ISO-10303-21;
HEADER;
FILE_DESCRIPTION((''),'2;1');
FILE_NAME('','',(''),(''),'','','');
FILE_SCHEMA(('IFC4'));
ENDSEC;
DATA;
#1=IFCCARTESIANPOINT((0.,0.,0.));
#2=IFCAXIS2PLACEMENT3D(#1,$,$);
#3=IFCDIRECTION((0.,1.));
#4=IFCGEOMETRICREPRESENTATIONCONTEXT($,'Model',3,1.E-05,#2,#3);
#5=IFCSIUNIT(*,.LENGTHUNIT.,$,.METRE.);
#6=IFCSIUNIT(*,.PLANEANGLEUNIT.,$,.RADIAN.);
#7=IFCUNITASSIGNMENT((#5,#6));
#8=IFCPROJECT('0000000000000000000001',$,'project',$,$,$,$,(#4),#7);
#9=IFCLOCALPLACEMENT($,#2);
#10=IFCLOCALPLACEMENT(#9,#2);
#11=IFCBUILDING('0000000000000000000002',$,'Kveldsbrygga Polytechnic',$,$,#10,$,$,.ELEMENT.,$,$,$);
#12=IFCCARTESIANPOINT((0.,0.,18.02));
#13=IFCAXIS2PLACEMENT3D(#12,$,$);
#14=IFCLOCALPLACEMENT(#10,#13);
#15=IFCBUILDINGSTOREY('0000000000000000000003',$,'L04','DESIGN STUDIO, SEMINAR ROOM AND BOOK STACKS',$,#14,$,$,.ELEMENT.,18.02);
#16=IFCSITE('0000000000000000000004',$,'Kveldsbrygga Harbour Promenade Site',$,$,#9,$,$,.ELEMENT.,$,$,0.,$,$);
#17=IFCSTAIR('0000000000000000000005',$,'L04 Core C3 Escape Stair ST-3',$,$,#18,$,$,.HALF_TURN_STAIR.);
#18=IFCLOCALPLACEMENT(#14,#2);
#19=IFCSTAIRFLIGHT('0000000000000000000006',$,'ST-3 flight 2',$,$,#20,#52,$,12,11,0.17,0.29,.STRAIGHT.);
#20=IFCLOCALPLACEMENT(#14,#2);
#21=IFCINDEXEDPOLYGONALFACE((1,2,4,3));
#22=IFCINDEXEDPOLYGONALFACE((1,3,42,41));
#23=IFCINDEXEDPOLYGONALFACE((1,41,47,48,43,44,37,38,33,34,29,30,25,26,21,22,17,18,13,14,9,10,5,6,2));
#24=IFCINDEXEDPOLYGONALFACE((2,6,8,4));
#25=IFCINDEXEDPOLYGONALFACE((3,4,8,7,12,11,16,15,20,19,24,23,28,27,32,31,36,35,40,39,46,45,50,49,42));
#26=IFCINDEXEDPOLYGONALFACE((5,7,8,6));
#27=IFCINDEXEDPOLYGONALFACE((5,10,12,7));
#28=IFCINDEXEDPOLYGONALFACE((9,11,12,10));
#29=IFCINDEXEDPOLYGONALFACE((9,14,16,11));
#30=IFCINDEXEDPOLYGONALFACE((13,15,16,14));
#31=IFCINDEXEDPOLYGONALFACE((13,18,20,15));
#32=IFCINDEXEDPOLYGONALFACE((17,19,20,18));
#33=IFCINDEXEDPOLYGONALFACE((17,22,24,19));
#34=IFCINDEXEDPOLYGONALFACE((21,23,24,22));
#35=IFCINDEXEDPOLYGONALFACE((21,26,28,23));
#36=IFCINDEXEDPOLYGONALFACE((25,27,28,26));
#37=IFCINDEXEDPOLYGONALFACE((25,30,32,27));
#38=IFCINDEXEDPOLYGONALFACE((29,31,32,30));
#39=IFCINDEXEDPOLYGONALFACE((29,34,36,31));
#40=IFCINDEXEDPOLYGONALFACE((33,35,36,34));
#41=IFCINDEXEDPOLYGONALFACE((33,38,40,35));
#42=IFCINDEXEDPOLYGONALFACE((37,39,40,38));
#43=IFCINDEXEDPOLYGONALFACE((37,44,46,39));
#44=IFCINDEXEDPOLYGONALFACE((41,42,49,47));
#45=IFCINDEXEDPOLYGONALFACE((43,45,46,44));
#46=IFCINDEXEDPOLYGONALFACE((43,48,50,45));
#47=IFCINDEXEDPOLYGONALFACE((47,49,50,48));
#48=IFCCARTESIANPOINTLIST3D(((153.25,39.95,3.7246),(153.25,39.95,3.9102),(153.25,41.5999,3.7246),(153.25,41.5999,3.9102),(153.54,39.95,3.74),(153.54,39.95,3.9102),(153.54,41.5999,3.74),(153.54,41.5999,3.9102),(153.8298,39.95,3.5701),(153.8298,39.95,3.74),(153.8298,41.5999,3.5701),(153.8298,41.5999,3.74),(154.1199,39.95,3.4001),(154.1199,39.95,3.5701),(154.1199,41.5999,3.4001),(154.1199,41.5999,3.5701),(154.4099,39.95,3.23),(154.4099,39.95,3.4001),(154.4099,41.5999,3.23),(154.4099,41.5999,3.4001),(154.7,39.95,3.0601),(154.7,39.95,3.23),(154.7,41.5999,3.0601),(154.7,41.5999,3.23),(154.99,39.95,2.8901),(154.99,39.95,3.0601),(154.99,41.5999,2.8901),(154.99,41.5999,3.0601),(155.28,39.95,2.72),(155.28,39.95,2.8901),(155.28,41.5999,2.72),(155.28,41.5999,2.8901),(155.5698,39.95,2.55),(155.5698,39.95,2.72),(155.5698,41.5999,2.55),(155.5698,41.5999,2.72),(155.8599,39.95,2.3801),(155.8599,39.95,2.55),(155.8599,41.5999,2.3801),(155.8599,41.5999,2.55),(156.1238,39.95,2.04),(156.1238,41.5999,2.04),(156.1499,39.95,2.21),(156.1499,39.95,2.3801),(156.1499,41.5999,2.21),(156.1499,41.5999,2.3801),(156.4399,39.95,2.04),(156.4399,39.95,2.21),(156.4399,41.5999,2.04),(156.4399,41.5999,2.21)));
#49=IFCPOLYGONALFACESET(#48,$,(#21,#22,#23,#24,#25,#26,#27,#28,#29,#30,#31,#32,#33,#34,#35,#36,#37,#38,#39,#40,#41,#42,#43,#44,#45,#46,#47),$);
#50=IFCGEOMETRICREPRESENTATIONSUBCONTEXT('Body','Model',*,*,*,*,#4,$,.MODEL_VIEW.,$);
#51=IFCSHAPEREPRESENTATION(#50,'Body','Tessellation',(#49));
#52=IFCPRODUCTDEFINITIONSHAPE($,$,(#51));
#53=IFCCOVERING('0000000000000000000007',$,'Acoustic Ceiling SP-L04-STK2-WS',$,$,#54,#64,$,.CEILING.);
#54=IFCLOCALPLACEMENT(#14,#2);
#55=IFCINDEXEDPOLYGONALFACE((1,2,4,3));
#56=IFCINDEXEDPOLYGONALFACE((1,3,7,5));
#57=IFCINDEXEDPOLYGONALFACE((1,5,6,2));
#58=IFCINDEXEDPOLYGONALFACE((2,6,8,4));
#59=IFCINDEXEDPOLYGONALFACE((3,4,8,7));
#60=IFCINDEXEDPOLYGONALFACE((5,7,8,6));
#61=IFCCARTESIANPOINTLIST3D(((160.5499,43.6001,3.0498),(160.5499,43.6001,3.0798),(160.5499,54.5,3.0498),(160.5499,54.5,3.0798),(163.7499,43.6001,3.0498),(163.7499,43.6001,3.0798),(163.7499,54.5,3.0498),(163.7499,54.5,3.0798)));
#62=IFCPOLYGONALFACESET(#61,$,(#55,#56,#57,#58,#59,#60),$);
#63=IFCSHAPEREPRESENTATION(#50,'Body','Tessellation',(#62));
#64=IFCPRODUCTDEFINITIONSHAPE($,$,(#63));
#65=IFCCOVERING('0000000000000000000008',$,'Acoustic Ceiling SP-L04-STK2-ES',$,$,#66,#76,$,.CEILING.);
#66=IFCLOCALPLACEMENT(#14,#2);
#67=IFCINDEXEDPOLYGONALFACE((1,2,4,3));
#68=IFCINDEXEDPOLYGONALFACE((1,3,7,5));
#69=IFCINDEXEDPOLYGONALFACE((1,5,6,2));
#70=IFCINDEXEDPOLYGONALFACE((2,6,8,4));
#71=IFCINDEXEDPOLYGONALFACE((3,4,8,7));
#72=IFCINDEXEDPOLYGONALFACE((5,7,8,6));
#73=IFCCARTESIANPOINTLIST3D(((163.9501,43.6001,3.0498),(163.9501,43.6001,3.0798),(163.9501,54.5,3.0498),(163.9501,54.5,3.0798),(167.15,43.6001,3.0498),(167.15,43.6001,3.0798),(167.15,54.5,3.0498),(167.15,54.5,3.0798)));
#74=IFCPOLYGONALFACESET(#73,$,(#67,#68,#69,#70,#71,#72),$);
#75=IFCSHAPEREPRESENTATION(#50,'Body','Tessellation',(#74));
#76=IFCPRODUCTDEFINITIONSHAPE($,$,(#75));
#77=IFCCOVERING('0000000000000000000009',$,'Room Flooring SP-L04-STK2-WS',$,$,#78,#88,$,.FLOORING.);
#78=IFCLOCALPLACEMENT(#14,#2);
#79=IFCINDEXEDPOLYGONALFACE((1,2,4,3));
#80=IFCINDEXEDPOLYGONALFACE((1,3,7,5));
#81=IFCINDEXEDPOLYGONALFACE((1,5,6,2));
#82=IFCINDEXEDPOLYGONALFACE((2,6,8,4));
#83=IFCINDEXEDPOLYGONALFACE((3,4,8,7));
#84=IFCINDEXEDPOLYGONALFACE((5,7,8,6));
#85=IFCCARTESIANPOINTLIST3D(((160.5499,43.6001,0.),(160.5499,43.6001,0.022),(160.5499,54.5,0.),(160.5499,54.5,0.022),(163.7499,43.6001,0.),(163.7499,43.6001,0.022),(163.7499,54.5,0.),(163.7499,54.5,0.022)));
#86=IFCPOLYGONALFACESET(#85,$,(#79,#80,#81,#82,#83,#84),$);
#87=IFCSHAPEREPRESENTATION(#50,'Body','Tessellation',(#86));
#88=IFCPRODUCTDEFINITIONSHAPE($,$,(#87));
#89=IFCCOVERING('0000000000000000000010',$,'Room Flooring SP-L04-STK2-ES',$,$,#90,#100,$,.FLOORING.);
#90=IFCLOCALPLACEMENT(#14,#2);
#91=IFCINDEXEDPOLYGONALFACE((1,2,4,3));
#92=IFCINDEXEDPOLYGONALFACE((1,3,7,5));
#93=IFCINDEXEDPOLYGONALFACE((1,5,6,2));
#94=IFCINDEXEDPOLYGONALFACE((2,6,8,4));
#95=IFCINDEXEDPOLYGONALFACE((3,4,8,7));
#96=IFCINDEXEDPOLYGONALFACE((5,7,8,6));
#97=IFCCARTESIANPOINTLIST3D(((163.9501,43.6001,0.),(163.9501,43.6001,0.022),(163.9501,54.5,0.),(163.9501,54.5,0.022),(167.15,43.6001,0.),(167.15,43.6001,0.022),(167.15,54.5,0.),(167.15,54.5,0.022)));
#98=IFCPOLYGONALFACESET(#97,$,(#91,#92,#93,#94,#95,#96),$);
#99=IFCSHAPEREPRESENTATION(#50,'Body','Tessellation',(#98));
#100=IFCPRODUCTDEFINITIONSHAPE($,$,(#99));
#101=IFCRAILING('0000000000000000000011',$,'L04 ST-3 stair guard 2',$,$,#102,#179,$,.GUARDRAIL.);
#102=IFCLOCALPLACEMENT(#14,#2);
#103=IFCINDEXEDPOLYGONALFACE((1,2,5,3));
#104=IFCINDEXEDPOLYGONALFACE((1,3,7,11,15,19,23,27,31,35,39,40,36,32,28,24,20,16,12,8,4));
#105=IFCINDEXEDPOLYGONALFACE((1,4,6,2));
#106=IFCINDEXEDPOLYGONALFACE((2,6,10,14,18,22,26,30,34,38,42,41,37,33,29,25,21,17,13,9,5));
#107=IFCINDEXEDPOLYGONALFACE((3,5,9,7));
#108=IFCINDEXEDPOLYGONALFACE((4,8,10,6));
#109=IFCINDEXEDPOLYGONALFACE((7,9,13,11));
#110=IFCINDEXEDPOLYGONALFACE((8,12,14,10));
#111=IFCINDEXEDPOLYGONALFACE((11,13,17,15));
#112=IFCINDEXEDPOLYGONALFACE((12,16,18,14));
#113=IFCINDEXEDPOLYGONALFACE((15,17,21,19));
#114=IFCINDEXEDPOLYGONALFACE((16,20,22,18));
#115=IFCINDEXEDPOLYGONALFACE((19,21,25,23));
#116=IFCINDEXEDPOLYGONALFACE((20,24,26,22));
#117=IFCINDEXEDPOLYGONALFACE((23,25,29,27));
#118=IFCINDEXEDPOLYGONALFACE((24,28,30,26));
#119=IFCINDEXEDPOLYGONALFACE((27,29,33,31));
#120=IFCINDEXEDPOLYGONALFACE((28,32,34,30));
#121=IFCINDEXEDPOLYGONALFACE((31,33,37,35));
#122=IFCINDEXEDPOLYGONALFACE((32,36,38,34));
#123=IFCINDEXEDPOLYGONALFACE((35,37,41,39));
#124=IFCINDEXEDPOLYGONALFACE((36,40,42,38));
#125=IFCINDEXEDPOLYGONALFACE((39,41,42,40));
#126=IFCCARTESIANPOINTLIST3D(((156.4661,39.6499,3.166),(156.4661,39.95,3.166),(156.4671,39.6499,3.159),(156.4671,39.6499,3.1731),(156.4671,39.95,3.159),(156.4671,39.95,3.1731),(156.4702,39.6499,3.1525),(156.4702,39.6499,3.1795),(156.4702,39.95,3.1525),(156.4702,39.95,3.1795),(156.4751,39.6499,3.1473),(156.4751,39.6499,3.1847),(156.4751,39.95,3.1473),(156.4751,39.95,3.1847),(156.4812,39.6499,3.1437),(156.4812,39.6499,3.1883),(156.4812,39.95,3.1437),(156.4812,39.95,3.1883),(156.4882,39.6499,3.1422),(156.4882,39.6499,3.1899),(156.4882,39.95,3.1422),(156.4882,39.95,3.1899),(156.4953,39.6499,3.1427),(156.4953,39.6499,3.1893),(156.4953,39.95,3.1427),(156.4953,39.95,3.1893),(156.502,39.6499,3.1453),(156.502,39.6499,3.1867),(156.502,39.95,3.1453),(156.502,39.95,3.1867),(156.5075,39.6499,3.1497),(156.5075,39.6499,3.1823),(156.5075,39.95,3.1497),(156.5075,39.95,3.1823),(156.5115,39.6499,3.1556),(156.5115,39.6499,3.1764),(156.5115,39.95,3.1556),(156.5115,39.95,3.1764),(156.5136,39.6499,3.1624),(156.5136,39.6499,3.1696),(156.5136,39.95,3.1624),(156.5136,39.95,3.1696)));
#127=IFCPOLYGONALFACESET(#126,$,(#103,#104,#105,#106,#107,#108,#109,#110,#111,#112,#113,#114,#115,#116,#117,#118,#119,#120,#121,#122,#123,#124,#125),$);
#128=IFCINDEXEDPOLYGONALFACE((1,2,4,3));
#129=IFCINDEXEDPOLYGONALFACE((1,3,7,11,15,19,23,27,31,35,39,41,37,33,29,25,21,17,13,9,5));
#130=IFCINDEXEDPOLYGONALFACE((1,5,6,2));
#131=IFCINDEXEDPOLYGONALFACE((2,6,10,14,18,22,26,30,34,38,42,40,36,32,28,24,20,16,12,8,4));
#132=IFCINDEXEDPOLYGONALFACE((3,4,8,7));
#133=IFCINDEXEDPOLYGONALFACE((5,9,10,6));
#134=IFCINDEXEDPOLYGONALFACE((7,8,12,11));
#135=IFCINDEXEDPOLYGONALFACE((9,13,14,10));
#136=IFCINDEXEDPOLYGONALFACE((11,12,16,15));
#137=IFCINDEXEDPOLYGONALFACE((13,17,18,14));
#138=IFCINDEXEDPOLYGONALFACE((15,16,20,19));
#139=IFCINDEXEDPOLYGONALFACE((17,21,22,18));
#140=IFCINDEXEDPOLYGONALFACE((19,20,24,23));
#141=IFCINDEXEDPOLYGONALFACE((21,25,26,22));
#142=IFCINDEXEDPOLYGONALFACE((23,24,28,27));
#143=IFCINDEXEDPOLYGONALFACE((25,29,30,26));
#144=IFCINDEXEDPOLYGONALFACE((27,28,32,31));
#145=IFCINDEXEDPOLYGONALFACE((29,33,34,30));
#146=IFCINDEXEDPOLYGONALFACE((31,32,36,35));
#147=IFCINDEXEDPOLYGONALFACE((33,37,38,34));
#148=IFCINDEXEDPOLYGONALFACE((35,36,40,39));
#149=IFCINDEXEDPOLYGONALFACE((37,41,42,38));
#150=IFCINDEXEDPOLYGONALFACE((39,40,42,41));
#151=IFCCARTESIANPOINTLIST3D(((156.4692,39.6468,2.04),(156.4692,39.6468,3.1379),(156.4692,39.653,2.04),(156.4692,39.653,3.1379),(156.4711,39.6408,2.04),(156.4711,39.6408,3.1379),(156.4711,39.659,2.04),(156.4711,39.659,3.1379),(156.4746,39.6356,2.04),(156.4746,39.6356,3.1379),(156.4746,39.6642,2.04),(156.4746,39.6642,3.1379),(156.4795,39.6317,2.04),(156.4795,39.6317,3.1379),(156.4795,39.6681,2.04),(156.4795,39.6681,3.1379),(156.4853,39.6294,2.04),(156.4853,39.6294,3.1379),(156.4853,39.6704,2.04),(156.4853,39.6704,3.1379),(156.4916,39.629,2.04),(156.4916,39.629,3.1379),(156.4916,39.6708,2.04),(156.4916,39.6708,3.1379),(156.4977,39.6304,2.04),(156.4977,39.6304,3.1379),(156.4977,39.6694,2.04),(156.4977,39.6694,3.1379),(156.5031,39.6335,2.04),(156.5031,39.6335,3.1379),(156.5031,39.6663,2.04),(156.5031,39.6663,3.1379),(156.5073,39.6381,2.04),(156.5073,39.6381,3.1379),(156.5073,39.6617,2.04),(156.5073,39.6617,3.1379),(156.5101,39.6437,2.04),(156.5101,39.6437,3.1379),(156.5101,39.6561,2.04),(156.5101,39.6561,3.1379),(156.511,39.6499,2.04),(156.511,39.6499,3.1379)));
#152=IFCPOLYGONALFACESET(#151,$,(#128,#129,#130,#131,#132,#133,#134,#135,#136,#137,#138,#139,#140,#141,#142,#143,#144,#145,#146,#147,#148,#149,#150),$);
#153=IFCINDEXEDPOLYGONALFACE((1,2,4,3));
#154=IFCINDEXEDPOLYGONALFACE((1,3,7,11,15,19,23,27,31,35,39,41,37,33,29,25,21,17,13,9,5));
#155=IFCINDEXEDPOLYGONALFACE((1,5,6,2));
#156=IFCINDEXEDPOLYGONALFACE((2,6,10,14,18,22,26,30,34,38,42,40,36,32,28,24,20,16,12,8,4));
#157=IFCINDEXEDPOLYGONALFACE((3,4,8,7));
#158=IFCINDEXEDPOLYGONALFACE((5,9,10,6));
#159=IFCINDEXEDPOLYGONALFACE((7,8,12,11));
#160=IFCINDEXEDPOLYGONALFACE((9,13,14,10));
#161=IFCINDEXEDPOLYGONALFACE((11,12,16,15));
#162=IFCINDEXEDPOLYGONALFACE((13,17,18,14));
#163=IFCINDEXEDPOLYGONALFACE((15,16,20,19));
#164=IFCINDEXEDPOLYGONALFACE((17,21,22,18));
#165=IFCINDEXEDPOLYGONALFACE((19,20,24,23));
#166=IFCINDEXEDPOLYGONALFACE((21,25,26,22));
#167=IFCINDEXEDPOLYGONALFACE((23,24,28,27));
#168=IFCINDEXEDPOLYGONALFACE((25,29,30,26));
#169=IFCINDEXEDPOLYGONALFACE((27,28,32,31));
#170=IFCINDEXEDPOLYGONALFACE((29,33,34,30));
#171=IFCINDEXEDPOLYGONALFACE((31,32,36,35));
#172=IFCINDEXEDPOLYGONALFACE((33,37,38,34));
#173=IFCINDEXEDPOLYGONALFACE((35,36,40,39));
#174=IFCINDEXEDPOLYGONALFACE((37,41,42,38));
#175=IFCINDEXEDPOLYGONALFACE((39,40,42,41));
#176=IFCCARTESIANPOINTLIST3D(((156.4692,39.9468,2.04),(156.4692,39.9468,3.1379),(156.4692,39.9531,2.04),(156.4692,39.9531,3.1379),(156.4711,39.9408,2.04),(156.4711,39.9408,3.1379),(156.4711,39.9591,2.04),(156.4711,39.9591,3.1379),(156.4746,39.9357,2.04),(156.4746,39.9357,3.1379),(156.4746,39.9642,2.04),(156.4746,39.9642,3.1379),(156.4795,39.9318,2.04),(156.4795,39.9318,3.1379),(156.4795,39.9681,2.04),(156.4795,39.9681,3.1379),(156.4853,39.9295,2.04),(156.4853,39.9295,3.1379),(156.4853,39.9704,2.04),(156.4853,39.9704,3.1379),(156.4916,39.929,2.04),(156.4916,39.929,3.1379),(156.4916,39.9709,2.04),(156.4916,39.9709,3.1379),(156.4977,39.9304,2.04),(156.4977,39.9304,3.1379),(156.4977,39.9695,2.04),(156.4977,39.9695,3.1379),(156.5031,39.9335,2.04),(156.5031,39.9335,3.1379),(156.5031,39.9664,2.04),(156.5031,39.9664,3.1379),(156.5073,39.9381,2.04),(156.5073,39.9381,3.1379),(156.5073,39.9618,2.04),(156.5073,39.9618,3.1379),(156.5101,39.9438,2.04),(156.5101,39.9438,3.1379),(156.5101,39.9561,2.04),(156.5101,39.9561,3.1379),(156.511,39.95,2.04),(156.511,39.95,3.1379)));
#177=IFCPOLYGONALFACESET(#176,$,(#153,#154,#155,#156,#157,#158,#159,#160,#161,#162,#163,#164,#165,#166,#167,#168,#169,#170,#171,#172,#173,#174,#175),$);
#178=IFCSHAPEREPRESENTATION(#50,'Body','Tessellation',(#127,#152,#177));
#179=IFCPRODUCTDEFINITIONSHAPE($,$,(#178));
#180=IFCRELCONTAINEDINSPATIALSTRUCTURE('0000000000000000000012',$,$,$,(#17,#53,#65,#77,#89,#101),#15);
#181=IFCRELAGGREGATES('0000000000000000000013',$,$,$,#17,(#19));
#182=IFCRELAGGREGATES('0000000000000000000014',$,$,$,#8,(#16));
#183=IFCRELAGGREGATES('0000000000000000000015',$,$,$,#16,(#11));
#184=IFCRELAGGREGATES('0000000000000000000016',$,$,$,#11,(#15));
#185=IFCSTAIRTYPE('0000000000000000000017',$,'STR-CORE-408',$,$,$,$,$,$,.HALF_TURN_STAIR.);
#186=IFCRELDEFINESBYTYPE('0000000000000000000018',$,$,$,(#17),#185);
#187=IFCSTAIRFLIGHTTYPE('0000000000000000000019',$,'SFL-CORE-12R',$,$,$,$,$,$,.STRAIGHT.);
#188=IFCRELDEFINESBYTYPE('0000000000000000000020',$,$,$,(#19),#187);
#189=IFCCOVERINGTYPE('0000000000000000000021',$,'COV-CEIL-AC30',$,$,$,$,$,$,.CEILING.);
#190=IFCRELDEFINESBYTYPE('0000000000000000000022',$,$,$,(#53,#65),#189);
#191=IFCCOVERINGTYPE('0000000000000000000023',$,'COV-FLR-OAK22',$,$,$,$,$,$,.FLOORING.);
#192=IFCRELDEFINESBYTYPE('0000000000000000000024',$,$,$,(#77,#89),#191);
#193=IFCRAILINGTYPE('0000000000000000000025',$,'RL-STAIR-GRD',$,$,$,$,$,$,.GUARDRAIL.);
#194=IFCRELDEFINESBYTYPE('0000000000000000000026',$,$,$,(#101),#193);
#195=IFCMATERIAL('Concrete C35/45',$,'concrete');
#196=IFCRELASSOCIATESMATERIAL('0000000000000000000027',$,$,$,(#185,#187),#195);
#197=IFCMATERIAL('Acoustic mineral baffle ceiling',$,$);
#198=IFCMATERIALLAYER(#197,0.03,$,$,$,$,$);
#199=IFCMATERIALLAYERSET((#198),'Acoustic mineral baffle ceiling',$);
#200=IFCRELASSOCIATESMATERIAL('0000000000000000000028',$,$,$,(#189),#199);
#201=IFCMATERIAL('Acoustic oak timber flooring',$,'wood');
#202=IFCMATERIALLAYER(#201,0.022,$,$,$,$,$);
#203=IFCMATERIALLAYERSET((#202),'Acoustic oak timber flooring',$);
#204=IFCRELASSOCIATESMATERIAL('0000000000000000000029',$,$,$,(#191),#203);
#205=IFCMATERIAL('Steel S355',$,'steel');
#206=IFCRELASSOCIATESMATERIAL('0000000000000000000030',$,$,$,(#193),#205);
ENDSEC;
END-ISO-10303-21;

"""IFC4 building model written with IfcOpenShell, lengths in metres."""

from ifc_helpers import new_model, si_unit, direction, frame, origin, origin_2d, place, context, subcontext, project, spatial, polyline, rectangle, circle, outline, extrude, material, layer, layer_set, type_object, element, aggregate, save


model = new_model("IFC4")

# Units and contexts
model_context = context("Model", 3, precision=1e-05, world=origin(), true_north=direction((0.0, 1.0)))
body_context = subcontext(model_context, "Body", "Model", "MODEL_VIEW")
ifc_project = project(units=[si_unit("LENGTHUNIT", "METRE"), si_unit("PLANEANGLEUNIT", "RADIAN")], contexts=[model_context])

# Site, building, storey
site_placement = place(None, origin())
site = spatial("IfcSite", under=ifc_project, at=site_placement, Name="Kveldsbrygga Harbour Promenade Site", CompositionType="ELEMENT", RefElevation=0.0)
building_placement = place(site_placement, origin())
building = spatial("IfcBuilding", under=site, at=building_placement, Name="Kveldsbrygga Polytechnic", CompositionType="ELEMENT")
storey_placement = place(building_placement, frame((0.0, 0.0, 18.02)))
storey = spatial("IfcBuildingStorey", under=building, at=storey_placement, Name="L04", Description="DESIGN STUDIO, SEMINAR ROOM AND BOOK STACKS", CompositionType="ELEMENT", Elevation=18.02)

# Shared definitions
ifc_material_1 = material(Name="Concrete C35/45", Category="concrete")
ifc_material_2 = material(Name="Steel S355", Category="steel")

# Stair, stair flight
stair_type = type_object("IfcStairType", Name="STR-CORE-408", PredefinedType="HALF_TURN_STAIR", material=ifc_material_1)
stair_placement = place(storey_placement, origin())
stair = element("IfcStair", 1, at=stair_placement, inside=storey, type_object=stair_type, Name="L04 Core C3 Escape Stair ST-3", PredefinedType="HALF_TURN_STAIR")
stair_flight_type = type_object("IfcStairFlightType", Name="SFL-CORE-12R", PredefinedType="STRAIGHT", material=ifc_material_1)
stair_flight_placement = place(storey_placement, frame((156.4399, 40.7749, 2.04), z_axis=(0.0, 0.0, 1.0), x_axis=(-1.0, 0.0, 0.0)))
stair_flight = element("IfcStairFlight", 2, at=stair_flight_placement, type_object=stair_flight_type, Name="ST-3 flight 2", NumberOfRisers=12, NumberOfTreads=11, PredefinedType="STRAIGHT", RiserHeight=0.17, TreadLength=0.29, context=body_context, shape_type="SweptSolid", body=[
    extrude(outline(polyline([(0.0, 0.0), (0.0, 0.1699), (0.29, 0.1699), (0.29, 0.3401), (0.5801, 0.3401), (0.5801, 0.51), (0.8701, 0.51), (0.8701, 0.6799), (1.1599, 0.6799), (1.1599, 0.8501), (1.45, 0.8501), (1.45, 1.02), (1.74, 1.02), (1.74, 1.1899), (2.03, 1.1899), (2.03, 1.3601), (2.3201, 1.3601), (2.3201, 1.53), (2.6101, 1.53), (2.6101, 1.7), (2.8999, 1.7), (2.8999, 1.8701), (3.1899, 1.8701), (3.1899, 2.04), (3.1899, 1.6846), (0.3162, 0.0), (0.0, 0.0)])), frame((0.0, 0.825, 0.0), z_axis=(0.0, -1.0, 0.0), x_axis=(1.0, 0.0, 0.0)), (0.0, 0.0, 1.0), 1.6499),
])
aggregate(stair, [stair_flight])

# Coverings
ifc_material_3 = material(Name="Acoustic mineral baffle ceiling")
ifc_layer_1 = layer(ifc_material_3, 0.03)
ifc_layer_set_1 = layer_set([ifc_layer_1], Name="Acoustic mineral baffle ceiling")
covering_type_1 = type_object("IfcCoveringType", Name="COV-CEIL-AC30", PredefinedType="CEILING", material=ifc_layer_set_1)
for number, where, z_axis, x_axis, name in (
    (3, (162.1499, 49.05, 3.0498), (0.0, 0.0, 1.0), (1.0, 0.0, 0.0), "Acoustic Ceiling SP-L04-STK2-WS"),
    (4, (165.55, 49.05, 3.0498), (0.0, 0.0, 1.0), (1.0, 0.0, 0.0), "Acoustic Ceiling SP-L04-STK2-ES"),
):
    element("IfcCovering", number, at=place(storey_placement, frame(where, z_axis=z_axis, x_axis=x_axis)), inside=storey, type_object=covering_type_1, Name=name, PredefinedType="CEILING", context=body_context, shape_type="SweptSolid", body=[
        extrude(rectangle(XDim=3.2, YDim=10.8999, at=origin_2d()), origin(), (0.0, 0.0, 1.0), 0.03),
    ])
ifc_material_4 = material(Name="Acoustic oak timber flooring", Category="wood")
ifc_layer_2 = layer(ifc_material_4, 0.022)
ifc_layer_set_2 = layer_set([ifc_layer_2], Name="Acoustic oak timber flooring")
covering_type_2 = type_object("IfcCoveringType", Name="COV-FLR-OAK22", PredefinedType="FLOORING", material=ifc_layer_set_2)
for number, where, z_axis, x_axis, name in (
    (5, (162.1499, 49.05, 0.0), (0.0, 0.0, 1.0), (1.0, 0.0, 0.0), "Room Flooring SP-L04-STK2-WS"),
    (6, (165.55, 49.05, 0.0), (0.0, 0.0, 1.0), (1.0, 0.0, 0.0), "Room Flooring SP-L04-STK2-ES"),
):
    element("IfcCovering", number, at=place(storey_placement, frame(where, z_axis=z_axis, x_axis=x_axis)), inside=storey, type_object=covering_type_2, Name=name, PredefinedType="FLOORING", context=body_context, shape_type="SweptSolid", body=[
        extrude(rectangle(XDim=3.2, YDim=10.8999, at=origin_2d()), origin(), (0.0, 0.0, 1.0), 0.022),
    ])

# Railing
railing_type_1 = type_object("IfcRailingType", Name="RL-STAIR-GRD", PredefinedType="GUARDRAIL", material=ifc_material_2)
railing_1_placement = place(storey_placement, frame((156.49, 39.6499, 2.04)))
element("IfcRailing", 7, at=railing_1_placement, inside=storey, type_object=railing_type_1, Name="L04 ST-3 stair guard 2", PredefinedType="GUARDRAIL", context=body_context, shape_type="SweptSolid", body=[
    extrude(circle(Radius=0.0239, at=origin_2d()), frame((0.0, 0.0, 1.126), z_axis=(0.0, 1.0, 0.0), x_axis=(-1.0, 0.0, 0.0)), (0.0, 0.0, 1.0), 0.3),
    extrude(circle(Radius=0.021, at=origin_2d()), origin(), (0.0, 0.0, 1.0), 1.0979),
    extrude(circle(Radius=0.021, at=origin_2d()), frame((0.0, 0.3, 0.0)), (0.0, 0.0, 1.0), 1.0979),
])

save(model, "model.ifc")
